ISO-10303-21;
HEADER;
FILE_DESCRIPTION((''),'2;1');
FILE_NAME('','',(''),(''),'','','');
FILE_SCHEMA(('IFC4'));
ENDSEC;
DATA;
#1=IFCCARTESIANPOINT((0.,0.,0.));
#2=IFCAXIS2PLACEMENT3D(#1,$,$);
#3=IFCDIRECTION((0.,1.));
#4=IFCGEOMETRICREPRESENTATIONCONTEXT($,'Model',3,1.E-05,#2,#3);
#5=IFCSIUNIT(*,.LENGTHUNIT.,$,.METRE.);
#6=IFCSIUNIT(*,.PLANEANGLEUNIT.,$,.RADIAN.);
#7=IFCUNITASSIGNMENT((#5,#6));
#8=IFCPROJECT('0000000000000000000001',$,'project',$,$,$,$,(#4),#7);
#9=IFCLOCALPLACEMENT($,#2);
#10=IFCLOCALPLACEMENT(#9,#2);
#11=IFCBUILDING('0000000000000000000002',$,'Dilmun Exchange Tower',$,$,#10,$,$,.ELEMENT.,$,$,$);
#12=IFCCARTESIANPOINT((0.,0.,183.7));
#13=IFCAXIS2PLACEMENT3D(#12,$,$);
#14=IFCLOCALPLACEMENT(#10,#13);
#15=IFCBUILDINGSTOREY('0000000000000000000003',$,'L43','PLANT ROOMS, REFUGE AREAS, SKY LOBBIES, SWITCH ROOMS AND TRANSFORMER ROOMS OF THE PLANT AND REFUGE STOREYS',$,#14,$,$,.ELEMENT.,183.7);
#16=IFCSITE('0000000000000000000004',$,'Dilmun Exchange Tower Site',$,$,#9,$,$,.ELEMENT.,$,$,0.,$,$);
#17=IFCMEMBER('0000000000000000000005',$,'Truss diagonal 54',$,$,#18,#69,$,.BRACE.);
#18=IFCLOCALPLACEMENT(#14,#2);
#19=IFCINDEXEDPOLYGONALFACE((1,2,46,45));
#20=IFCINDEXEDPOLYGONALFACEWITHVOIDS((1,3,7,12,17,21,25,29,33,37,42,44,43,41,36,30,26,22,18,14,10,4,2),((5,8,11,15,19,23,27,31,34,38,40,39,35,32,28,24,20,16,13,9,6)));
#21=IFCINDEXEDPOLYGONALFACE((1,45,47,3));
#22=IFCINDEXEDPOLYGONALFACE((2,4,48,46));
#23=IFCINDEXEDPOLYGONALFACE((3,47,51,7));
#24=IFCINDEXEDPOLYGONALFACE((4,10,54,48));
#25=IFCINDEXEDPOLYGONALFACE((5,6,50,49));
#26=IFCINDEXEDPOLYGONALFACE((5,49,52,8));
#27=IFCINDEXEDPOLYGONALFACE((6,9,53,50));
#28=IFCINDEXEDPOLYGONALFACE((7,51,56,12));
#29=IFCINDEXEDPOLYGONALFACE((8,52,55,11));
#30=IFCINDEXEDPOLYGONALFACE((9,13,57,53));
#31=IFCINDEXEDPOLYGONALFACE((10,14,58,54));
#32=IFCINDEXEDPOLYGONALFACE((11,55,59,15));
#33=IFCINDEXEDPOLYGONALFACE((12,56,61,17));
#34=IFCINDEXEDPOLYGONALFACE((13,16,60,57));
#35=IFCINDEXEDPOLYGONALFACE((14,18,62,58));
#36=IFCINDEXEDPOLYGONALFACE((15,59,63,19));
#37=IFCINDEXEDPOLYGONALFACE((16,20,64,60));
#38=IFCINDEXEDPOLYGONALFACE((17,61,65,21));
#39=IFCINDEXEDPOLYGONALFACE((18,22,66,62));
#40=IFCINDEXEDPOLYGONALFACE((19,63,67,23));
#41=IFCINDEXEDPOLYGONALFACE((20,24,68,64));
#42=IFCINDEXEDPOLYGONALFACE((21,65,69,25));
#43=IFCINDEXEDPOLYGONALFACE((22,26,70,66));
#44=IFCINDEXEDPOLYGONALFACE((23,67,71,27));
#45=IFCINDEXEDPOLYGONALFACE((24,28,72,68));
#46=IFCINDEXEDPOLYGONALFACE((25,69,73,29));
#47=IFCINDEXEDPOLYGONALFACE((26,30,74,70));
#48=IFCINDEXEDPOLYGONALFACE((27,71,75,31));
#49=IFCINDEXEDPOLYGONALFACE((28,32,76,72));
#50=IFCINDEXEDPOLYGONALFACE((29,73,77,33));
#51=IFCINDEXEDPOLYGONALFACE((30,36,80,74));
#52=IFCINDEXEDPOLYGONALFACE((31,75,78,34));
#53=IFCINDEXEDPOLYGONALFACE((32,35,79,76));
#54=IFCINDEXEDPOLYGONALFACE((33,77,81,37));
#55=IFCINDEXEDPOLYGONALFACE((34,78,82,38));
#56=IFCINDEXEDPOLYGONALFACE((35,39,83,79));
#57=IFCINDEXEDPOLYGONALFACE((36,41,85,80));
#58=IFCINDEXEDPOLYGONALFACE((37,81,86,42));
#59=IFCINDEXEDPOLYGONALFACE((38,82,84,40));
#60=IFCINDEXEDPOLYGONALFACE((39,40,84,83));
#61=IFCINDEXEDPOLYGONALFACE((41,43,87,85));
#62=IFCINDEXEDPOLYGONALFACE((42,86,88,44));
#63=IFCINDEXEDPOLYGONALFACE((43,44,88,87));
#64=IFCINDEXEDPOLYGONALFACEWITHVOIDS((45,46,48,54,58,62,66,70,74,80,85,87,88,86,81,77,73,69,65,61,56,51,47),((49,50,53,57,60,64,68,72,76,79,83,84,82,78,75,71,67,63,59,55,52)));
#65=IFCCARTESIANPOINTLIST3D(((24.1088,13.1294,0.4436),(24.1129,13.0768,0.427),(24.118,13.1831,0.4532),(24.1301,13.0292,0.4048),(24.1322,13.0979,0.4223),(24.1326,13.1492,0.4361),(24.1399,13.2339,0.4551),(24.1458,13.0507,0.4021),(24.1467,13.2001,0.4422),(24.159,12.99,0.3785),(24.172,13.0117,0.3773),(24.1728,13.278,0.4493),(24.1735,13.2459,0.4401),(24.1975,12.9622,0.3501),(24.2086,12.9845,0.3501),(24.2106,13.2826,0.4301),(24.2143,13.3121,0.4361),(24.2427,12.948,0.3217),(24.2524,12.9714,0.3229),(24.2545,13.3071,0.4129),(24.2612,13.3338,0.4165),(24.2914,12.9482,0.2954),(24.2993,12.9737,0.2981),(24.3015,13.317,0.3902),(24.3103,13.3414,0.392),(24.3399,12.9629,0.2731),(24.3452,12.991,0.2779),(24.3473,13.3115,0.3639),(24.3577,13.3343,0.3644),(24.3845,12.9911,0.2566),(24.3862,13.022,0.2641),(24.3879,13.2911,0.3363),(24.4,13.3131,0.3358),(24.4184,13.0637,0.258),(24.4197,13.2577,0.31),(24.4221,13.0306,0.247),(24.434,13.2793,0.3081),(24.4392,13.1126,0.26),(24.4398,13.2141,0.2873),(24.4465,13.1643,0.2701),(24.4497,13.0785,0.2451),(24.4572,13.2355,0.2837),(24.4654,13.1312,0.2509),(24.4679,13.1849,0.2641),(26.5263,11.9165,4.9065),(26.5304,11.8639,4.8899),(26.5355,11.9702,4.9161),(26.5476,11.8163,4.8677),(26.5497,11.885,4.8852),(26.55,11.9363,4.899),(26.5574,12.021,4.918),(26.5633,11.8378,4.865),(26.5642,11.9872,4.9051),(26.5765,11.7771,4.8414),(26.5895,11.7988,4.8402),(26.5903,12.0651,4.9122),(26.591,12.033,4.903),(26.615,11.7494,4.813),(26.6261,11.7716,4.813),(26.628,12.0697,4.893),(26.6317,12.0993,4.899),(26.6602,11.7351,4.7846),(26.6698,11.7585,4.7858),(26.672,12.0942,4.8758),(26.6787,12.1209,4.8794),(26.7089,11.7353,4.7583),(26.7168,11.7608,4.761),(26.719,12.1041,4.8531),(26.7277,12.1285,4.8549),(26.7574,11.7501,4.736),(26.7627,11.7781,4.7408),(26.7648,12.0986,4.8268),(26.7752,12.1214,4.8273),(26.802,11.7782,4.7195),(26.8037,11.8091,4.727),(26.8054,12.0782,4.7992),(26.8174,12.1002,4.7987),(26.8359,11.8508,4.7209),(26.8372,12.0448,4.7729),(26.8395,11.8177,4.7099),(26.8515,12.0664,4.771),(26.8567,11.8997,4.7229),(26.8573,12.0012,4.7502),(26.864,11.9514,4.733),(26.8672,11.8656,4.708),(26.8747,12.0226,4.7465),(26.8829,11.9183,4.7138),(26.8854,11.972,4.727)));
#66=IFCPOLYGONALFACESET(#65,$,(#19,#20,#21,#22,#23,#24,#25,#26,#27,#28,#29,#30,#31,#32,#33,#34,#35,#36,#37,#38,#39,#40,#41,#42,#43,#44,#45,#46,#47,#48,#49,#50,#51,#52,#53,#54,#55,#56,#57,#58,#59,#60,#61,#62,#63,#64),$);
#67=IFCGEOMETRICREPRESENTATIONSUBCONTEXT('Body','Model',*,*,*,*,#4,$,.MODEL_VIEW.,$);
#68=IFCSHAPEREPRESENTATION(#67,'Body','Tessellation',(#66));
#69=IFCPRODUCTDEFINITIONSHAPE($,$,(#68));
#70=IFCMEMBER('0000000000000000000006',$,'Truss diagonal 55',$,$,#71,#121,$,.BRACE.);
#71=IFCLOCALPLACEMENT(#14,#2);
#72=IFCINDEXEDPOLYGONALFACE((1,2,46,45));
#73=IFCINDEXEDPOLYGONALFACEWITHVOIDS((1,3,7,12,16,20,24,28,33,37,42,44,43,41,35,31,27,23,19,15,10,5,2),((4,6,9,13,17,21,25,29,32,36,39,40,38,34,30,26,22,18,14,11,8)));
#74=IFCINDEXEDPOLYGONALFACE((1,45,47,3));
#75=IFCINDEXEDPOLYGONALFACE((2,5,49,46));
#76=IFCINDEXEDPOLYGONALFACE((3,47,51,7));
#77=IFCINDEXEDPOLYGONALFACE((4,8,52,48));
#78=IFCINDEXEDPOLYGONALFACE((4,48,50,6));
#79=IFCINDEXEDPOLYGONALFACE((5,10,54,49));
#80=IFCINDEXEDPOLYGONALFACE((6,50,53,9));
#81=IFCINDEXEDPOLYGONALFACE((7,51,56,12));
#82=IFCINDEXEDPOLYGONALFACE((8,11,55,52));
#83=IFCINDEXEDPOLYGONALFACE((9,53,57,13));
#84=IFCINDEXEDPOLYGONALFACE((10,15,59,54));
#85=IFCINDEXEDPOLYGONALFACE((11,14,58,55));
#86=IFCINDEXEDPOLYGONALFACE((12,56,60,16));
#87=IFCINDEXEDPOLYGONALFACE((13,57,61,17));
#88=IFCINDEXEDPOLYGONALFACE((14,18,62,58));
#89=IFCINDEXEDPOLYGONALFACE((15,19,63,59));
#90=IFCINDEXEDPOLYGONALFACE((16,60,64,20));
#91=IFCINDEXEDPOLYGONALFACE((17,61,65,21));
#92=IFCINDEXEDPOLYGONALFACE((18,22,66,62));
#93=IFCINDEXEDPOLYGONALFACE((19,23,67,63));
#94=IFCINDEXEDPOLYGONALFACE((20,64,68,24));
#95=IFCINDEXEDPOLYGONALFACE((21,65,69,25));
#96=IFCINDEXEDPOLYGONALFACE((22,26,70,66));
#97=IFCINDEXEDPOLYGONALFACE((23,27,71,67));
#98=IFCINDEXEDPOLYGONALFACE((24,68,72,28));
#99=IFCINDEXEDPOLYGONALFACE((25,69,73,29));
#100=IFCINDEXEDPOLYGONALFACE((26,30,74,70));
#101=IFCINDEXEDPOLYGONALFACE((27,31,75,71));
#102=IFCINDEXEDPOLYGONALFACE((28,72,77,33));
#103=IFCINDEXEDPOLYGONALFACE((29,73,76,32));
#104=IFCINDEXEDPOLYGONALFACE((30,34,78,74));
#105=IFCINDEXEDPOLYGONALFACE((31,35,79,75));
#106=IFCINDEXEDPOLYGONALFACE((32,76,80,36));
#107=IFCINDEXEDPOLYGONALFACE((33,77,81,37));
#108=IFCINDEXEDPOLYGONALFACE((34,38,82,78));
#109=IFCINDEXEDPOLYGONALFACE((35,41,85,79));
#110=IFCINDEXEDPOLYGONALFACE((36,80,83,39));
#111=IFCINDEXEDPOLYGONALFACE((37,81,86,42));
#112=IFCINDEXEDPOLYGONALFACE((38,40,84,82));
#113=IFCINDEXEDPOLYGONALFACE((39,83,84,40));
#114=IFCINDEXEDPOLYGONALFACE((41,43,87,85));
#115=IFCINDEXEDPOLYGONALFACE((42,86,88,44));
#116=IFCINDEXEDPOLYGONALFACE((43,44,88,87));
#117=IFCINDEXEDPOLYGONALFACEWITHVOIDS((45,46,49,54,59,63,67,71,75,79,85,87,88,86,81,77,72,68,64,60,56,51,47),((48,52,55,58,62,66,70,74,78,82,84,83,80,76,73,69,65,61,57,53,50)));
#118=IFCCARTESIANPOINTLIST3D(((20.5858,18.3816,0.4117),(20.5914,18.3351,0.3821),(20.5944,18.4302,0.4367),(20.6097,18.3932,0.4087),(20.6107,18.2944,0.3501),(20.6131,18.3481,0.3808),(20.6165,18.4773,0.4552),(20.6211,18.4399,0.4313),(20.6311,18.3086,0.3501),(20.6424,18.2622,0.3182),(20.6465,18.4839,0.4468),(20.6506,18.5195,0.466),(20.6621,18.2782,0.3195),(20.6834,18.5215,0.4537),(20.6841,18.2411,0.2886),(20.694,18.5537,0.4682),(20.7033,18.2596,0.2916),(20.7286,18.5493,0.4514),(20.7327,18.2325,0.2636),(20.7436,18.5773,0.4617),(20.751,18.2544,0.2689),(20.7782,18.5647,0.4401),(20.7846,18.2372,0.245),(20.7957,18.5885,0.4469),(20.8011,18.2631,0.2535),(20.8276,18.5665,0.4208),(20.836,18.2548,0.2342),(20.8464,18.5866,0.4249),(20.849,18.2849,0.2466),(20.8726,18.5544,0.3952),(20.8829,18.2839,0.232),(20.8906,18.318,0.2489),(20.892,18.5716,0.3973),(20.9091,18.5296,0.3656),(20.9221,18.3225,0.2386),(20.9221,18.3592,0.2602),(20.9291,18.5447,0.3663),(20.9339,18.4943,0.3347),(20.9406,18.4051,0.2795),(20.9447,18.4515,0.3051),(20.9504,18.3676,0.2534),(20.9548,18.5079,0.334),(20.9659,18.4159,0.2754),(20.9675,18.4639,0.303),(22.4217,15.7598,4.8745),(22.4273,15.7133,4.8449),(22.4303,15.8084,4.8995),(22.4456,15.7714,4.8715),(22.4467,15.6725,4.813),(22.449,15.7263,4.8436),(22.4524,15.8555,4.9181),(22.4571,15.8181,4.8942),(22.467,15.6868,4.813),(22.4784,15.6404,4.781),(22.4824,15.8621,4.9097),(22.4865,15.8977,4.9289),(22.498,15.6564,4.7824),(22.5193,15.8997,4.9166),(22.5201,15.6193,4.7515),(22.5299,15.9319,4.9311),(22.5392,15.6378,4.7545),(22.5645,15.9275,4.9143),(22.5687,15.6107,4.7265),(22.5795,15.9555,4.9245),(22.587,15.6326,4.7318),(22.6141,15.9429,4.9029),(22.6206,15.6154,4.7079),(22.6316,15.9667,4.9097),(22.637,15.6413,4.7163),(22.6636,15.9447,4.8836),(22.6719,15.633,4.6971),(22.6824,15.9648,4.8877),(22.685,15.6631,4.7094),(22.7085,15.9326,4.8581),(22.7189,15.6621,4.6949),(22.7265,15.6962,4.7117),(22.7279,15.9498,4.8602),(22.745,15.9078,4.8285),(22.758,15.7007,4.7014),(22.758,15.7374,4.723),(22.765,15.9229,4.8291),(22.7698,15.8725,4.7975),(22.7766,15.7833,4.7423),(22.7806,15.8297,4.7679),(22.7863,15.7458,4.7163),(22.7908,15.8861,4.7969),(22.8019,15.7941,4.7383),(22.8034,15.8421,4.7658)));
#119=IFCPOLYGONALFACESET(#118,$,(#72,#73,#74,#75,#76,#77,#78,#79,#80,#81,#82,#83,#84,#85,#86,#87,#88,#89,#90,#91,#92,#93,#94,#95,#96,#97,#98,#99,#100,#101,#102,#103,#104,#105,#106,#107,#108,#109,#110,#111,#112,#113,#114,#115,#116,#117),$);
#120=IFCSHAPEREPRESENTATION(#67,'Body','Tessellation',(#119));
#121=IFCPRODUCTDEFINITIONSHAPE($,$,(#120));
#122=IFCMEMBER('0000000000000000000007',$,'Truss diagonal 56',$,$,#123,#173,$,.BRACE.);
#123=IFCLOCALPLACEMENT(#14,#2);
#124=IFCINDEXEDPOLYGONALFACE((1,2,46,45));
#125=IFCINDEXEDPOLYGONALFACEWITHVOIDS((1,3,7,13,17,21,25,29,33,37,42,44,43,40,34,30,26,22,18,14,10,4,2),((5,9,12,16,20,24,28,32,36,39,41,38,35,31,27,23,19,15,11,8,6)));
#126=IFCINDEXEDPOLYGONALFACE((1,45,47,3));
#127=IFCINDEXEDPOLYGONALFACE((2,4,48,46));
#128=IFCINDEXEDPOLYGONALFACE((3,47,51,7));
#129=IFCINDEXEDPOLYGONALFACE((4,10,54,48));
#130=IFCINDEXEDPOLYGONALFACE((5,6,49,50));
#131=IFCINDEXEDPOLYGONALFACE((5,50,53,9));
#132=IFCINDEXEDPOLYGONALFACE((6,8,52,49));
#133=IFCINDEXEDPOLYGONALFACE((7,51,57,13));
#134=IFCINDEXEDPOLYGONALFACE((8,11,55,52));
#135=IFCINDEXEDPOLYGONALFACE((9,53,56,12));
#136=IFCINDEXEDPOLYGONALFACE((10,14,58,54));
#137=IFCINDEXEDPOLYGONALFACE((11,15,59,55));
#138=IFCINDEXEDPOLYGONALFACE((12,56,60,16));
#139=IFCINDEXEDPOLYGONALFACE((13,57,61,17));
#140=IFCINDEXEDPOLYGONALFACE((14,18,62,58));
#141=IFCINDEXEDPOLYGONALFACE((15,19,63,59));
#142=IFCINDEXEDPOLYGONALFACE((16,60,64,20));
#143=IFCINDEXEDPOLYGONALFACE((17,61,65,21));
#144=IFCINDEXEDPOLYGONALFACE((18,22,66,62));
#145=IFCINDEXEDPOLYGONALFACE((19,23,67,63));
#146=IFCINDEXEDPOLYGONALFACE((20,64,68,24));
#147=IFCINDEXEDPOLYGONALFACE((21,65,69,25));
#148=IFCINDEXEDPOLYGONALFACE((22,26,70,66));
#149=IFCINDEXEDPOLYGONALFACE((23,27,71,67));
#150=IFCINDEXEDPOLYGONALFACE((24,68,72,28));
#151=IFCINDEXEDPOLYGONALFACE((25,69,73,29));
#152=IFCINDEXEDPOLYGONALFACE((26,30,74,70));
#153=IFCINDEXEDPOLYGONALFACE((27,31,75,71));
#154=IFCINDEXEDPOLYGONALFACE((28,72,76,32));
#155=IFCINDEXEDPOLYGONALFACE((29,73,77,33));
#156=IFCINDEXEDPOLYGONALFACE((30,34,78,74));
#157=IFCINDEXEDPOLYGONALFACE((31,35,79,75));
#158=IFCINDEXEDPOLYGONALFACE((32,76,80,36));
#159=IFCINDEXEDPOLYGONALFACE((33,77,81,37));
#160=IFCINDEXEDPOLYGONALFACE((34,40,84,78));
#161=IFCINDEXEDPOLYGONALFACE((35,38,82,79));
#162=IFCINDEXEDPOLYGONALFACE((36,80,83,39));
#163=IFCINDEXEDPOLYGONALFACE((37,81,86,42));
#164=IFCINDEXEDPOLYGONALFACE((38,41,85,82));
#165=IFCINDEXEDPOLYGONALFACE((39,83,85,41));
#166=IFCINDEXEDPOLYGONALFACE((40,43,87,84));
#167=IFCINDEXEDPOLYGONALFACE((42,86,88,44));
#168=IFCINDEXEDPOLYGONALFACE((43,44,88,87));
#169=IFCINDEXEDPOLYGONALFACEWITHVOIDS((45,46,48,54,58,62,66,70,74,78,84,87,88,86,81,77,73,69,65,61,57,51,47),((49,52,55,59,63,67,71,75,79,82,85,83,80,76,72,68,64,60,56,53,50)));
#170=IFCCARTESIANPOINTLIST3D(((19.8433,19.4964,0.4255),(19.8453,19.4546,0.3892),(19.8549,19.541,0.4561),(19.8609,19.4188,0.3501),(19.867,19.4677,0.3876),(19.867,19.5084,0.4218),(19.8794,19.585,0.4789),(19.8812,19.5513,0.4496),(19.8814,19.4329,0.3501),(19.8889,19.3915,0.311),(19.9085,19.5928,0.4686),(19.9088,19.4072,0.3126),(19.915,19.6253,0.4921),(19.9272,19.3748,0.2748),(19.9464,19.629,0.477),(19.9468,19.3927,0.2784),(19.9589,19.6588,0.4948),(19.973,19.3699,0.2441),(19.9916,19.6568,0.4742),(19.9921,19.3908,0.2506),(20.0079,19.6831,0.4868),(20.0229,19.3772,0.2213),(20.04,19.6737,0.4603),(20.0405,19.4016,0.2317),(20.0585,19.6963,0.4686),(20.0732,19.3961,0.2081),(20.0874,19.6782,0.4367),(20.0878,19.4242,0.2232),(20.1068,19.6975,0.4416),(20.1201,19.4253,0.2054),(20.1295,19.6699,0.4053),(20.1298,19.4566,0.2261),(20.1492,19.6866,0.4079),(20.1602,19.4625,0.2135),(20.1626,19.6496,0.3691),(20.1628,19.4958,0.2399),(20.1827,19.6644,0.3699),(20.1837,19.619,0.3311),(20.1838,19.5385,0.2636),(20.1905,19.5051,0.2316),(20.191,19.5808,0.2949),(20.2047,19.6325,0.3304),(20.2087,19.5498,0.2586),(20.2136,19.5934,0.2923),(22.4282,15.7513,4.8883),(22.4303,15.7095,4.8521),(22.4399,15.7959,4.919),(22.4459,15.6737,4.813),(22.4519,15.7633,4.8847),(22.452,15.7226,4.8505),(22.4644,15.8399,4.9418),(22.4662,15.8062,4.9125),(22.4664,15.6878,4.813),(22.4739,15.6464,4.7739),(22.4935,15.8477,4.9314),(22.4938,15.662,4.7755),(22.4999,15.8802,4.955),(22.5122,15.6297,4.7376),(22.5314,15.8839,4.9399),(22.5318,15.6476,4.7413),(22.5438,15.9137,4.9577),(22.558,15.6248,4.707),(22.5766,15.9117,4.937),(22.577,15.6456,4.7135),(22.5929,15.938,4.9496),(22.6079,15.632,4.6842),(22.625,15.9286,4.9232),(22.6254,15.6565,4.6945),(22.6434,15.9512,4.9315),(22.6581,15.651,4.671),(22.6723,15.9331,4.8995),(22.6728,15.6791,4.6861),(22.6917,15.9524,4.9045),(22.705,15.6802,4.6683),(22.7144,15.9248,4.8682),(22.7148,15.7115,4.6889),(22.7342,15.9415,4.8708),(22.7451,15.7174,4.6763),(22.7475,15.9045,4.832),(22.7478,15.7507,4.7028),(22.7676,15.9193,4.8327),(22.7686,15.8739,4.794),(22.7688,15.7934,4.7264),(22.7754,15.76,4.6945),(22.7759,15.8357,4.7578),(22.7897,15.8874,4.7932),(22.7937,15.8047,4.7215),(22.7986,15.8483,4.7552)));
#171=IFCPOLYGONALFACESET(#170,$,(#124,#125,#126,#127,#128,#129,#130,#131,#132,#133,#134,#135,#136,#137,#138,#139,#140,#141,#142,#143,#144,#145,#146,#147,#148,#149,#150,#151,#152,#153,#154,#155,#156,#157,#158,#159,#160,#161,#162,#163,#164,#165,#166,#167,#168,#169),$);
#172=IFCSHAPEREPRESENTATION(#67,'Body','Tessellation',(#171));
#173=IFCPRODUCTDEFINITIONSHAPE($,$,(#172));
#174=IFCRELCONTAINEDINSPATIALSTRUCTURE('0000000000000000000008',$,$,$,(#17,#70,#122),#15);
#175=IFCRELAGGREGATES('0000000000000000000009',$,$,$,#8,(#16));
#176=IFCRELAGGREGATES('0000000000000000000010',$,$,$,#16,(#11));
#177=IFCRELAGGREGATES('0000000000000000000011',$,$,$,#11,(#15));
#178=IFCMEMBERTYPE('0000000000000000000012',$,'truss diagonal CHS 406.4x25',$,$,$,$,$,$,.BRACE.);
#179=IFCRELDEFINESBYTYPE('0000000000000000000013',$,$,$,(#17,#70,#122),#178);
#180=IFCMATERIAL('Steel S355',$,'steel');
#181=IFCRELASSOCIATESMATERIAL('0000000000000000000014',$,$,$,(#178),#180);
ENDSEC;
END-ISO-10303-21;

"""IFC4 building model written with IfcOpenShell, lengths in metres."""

from ifc_helpers import new_model, si_unit, direction, frame, origin, origin_2d, place, context, subcontext, project, spatial, hollow_circle, extrude, material, material_profile, profile_set, type_object, element, save


model = new_model("IFC4")

# Units and contexts
model_context = context("Model", 3, precision=1e-05, world=origin(), true_north=direction((0.0, 1.0)))
body_context = subcontext(model_context, "Body", "Model", "MODEL_VIEW")
ifc_project = project(units=[si_unit("LENGTHUNIT", "METRE"), si_unit("PLANEANGLEUNIT", "RADIAN")], contexts=[model_context])

# Site, building, storey
site_placement = place(None, origin())
site = spatial("IfcSite", under=ifc_project, at=site_placement, Name="Dilmun Exchange Tower Site", CompositionType="ELEMENT", RefElevation=0.0)
building_placement = place(site_placement, origin())
building = spatial("IfcBuilding", under=site, at=building_placement, Name="Dilmun Exchange Tower", CompositionType="ELEMENT")
storey_placement = place(building_placement, frame((0.0, 0.0, 183.7)))
storey = spatial("IfcBuildingStorey", under=building, at=storey_placement, Name="L43", Description="PLANT ROOMS, REFUGE AREAS, SKY LOBBIES, SWITCH ROOMS AND TRANSFORMER ROOMS OF THE PLANT AND REFUGE STOREYS", CompositionType="ELEMENT", Elevation=183.7)

# Shared definitions
ifc_material_1 = material(Name="Steel S355", Category="steel")

# Members
ifc_material_profile_1 = material_profile(ifc_material_1, hollow_circle(Radius=0.2031, WallThickness=0.0249, at=origin_2d()), Name="CHS 406.4x25")
ifc_profile_set_1 = profile_set([ifc_material_profile_1], Name="Steel S355")
member_type = type_object("IfcMemberType", Name="truss diagonal CHS 406.4x25", PredefinedType="BRACE", material=ifc_profile_set_1)
member_1_placement = place(storey_placement, frame((26.7061, 11.9309, 4.813), z_axis=(-0.463252, 0.232421, -0.855206), x_axis=(-0.448441, -0.893813, 0.0)))
element("IfcMember", 1, at=member_1_placement, inside=storey, type_object=member_type, Name="Truss diagonal 54", PredefinedType="BRACE", context=body_context, shape_type="SweptSolid", body=[
    extrude(hollow_circle(Radius=0.2031, WallThickness=0.0249, at=origin_2d()), origin(), (0.0, 0.0, 1.0), 5.2185),
])
member_2_placement = place(storey_placement, frame((22.613, 15.7891, 4.813), z_axis=(-0.334293, 0.47739, -0.812617), x_axis=(-0.819135, -0.573601, 0.0)))
element("IfcMember", 2, at=member_2_placement, inside=storey, type_object=member_type, Name="Truss diagonal 55", PredefinedType="BRACE", context=body_context, shape_type="SweptSolid", body=[
    extrude(hollow_circle(Radius=0.2031, WallThickness=0.0249, at=origin_2d()), origin(), (0.0, 0.0, 1.0), 5.4919),
])
member_3_placement = place(storey_placement, frame((22.613, 15.7891, 4.813), z_axis=(-0.40556, 0.58758, -0.700193), x_axis=(-0.822995, -0.568049, 0.0)))
element("IfcMember", 3, at=member_3_placement, inside=storey, type_object=member_type, Name="Truss diagonal 56", PredefinedType="BRACE", context=body_context, shape_type="SweptSolid", body=[
    extrude(hollow_circle(Radius=0.2031, WallThickness=0.0249, at=origin_2d()), origin(), (0.0, 0.0, 1.0), 6.3738),
])

save(model, "model.ifc")
